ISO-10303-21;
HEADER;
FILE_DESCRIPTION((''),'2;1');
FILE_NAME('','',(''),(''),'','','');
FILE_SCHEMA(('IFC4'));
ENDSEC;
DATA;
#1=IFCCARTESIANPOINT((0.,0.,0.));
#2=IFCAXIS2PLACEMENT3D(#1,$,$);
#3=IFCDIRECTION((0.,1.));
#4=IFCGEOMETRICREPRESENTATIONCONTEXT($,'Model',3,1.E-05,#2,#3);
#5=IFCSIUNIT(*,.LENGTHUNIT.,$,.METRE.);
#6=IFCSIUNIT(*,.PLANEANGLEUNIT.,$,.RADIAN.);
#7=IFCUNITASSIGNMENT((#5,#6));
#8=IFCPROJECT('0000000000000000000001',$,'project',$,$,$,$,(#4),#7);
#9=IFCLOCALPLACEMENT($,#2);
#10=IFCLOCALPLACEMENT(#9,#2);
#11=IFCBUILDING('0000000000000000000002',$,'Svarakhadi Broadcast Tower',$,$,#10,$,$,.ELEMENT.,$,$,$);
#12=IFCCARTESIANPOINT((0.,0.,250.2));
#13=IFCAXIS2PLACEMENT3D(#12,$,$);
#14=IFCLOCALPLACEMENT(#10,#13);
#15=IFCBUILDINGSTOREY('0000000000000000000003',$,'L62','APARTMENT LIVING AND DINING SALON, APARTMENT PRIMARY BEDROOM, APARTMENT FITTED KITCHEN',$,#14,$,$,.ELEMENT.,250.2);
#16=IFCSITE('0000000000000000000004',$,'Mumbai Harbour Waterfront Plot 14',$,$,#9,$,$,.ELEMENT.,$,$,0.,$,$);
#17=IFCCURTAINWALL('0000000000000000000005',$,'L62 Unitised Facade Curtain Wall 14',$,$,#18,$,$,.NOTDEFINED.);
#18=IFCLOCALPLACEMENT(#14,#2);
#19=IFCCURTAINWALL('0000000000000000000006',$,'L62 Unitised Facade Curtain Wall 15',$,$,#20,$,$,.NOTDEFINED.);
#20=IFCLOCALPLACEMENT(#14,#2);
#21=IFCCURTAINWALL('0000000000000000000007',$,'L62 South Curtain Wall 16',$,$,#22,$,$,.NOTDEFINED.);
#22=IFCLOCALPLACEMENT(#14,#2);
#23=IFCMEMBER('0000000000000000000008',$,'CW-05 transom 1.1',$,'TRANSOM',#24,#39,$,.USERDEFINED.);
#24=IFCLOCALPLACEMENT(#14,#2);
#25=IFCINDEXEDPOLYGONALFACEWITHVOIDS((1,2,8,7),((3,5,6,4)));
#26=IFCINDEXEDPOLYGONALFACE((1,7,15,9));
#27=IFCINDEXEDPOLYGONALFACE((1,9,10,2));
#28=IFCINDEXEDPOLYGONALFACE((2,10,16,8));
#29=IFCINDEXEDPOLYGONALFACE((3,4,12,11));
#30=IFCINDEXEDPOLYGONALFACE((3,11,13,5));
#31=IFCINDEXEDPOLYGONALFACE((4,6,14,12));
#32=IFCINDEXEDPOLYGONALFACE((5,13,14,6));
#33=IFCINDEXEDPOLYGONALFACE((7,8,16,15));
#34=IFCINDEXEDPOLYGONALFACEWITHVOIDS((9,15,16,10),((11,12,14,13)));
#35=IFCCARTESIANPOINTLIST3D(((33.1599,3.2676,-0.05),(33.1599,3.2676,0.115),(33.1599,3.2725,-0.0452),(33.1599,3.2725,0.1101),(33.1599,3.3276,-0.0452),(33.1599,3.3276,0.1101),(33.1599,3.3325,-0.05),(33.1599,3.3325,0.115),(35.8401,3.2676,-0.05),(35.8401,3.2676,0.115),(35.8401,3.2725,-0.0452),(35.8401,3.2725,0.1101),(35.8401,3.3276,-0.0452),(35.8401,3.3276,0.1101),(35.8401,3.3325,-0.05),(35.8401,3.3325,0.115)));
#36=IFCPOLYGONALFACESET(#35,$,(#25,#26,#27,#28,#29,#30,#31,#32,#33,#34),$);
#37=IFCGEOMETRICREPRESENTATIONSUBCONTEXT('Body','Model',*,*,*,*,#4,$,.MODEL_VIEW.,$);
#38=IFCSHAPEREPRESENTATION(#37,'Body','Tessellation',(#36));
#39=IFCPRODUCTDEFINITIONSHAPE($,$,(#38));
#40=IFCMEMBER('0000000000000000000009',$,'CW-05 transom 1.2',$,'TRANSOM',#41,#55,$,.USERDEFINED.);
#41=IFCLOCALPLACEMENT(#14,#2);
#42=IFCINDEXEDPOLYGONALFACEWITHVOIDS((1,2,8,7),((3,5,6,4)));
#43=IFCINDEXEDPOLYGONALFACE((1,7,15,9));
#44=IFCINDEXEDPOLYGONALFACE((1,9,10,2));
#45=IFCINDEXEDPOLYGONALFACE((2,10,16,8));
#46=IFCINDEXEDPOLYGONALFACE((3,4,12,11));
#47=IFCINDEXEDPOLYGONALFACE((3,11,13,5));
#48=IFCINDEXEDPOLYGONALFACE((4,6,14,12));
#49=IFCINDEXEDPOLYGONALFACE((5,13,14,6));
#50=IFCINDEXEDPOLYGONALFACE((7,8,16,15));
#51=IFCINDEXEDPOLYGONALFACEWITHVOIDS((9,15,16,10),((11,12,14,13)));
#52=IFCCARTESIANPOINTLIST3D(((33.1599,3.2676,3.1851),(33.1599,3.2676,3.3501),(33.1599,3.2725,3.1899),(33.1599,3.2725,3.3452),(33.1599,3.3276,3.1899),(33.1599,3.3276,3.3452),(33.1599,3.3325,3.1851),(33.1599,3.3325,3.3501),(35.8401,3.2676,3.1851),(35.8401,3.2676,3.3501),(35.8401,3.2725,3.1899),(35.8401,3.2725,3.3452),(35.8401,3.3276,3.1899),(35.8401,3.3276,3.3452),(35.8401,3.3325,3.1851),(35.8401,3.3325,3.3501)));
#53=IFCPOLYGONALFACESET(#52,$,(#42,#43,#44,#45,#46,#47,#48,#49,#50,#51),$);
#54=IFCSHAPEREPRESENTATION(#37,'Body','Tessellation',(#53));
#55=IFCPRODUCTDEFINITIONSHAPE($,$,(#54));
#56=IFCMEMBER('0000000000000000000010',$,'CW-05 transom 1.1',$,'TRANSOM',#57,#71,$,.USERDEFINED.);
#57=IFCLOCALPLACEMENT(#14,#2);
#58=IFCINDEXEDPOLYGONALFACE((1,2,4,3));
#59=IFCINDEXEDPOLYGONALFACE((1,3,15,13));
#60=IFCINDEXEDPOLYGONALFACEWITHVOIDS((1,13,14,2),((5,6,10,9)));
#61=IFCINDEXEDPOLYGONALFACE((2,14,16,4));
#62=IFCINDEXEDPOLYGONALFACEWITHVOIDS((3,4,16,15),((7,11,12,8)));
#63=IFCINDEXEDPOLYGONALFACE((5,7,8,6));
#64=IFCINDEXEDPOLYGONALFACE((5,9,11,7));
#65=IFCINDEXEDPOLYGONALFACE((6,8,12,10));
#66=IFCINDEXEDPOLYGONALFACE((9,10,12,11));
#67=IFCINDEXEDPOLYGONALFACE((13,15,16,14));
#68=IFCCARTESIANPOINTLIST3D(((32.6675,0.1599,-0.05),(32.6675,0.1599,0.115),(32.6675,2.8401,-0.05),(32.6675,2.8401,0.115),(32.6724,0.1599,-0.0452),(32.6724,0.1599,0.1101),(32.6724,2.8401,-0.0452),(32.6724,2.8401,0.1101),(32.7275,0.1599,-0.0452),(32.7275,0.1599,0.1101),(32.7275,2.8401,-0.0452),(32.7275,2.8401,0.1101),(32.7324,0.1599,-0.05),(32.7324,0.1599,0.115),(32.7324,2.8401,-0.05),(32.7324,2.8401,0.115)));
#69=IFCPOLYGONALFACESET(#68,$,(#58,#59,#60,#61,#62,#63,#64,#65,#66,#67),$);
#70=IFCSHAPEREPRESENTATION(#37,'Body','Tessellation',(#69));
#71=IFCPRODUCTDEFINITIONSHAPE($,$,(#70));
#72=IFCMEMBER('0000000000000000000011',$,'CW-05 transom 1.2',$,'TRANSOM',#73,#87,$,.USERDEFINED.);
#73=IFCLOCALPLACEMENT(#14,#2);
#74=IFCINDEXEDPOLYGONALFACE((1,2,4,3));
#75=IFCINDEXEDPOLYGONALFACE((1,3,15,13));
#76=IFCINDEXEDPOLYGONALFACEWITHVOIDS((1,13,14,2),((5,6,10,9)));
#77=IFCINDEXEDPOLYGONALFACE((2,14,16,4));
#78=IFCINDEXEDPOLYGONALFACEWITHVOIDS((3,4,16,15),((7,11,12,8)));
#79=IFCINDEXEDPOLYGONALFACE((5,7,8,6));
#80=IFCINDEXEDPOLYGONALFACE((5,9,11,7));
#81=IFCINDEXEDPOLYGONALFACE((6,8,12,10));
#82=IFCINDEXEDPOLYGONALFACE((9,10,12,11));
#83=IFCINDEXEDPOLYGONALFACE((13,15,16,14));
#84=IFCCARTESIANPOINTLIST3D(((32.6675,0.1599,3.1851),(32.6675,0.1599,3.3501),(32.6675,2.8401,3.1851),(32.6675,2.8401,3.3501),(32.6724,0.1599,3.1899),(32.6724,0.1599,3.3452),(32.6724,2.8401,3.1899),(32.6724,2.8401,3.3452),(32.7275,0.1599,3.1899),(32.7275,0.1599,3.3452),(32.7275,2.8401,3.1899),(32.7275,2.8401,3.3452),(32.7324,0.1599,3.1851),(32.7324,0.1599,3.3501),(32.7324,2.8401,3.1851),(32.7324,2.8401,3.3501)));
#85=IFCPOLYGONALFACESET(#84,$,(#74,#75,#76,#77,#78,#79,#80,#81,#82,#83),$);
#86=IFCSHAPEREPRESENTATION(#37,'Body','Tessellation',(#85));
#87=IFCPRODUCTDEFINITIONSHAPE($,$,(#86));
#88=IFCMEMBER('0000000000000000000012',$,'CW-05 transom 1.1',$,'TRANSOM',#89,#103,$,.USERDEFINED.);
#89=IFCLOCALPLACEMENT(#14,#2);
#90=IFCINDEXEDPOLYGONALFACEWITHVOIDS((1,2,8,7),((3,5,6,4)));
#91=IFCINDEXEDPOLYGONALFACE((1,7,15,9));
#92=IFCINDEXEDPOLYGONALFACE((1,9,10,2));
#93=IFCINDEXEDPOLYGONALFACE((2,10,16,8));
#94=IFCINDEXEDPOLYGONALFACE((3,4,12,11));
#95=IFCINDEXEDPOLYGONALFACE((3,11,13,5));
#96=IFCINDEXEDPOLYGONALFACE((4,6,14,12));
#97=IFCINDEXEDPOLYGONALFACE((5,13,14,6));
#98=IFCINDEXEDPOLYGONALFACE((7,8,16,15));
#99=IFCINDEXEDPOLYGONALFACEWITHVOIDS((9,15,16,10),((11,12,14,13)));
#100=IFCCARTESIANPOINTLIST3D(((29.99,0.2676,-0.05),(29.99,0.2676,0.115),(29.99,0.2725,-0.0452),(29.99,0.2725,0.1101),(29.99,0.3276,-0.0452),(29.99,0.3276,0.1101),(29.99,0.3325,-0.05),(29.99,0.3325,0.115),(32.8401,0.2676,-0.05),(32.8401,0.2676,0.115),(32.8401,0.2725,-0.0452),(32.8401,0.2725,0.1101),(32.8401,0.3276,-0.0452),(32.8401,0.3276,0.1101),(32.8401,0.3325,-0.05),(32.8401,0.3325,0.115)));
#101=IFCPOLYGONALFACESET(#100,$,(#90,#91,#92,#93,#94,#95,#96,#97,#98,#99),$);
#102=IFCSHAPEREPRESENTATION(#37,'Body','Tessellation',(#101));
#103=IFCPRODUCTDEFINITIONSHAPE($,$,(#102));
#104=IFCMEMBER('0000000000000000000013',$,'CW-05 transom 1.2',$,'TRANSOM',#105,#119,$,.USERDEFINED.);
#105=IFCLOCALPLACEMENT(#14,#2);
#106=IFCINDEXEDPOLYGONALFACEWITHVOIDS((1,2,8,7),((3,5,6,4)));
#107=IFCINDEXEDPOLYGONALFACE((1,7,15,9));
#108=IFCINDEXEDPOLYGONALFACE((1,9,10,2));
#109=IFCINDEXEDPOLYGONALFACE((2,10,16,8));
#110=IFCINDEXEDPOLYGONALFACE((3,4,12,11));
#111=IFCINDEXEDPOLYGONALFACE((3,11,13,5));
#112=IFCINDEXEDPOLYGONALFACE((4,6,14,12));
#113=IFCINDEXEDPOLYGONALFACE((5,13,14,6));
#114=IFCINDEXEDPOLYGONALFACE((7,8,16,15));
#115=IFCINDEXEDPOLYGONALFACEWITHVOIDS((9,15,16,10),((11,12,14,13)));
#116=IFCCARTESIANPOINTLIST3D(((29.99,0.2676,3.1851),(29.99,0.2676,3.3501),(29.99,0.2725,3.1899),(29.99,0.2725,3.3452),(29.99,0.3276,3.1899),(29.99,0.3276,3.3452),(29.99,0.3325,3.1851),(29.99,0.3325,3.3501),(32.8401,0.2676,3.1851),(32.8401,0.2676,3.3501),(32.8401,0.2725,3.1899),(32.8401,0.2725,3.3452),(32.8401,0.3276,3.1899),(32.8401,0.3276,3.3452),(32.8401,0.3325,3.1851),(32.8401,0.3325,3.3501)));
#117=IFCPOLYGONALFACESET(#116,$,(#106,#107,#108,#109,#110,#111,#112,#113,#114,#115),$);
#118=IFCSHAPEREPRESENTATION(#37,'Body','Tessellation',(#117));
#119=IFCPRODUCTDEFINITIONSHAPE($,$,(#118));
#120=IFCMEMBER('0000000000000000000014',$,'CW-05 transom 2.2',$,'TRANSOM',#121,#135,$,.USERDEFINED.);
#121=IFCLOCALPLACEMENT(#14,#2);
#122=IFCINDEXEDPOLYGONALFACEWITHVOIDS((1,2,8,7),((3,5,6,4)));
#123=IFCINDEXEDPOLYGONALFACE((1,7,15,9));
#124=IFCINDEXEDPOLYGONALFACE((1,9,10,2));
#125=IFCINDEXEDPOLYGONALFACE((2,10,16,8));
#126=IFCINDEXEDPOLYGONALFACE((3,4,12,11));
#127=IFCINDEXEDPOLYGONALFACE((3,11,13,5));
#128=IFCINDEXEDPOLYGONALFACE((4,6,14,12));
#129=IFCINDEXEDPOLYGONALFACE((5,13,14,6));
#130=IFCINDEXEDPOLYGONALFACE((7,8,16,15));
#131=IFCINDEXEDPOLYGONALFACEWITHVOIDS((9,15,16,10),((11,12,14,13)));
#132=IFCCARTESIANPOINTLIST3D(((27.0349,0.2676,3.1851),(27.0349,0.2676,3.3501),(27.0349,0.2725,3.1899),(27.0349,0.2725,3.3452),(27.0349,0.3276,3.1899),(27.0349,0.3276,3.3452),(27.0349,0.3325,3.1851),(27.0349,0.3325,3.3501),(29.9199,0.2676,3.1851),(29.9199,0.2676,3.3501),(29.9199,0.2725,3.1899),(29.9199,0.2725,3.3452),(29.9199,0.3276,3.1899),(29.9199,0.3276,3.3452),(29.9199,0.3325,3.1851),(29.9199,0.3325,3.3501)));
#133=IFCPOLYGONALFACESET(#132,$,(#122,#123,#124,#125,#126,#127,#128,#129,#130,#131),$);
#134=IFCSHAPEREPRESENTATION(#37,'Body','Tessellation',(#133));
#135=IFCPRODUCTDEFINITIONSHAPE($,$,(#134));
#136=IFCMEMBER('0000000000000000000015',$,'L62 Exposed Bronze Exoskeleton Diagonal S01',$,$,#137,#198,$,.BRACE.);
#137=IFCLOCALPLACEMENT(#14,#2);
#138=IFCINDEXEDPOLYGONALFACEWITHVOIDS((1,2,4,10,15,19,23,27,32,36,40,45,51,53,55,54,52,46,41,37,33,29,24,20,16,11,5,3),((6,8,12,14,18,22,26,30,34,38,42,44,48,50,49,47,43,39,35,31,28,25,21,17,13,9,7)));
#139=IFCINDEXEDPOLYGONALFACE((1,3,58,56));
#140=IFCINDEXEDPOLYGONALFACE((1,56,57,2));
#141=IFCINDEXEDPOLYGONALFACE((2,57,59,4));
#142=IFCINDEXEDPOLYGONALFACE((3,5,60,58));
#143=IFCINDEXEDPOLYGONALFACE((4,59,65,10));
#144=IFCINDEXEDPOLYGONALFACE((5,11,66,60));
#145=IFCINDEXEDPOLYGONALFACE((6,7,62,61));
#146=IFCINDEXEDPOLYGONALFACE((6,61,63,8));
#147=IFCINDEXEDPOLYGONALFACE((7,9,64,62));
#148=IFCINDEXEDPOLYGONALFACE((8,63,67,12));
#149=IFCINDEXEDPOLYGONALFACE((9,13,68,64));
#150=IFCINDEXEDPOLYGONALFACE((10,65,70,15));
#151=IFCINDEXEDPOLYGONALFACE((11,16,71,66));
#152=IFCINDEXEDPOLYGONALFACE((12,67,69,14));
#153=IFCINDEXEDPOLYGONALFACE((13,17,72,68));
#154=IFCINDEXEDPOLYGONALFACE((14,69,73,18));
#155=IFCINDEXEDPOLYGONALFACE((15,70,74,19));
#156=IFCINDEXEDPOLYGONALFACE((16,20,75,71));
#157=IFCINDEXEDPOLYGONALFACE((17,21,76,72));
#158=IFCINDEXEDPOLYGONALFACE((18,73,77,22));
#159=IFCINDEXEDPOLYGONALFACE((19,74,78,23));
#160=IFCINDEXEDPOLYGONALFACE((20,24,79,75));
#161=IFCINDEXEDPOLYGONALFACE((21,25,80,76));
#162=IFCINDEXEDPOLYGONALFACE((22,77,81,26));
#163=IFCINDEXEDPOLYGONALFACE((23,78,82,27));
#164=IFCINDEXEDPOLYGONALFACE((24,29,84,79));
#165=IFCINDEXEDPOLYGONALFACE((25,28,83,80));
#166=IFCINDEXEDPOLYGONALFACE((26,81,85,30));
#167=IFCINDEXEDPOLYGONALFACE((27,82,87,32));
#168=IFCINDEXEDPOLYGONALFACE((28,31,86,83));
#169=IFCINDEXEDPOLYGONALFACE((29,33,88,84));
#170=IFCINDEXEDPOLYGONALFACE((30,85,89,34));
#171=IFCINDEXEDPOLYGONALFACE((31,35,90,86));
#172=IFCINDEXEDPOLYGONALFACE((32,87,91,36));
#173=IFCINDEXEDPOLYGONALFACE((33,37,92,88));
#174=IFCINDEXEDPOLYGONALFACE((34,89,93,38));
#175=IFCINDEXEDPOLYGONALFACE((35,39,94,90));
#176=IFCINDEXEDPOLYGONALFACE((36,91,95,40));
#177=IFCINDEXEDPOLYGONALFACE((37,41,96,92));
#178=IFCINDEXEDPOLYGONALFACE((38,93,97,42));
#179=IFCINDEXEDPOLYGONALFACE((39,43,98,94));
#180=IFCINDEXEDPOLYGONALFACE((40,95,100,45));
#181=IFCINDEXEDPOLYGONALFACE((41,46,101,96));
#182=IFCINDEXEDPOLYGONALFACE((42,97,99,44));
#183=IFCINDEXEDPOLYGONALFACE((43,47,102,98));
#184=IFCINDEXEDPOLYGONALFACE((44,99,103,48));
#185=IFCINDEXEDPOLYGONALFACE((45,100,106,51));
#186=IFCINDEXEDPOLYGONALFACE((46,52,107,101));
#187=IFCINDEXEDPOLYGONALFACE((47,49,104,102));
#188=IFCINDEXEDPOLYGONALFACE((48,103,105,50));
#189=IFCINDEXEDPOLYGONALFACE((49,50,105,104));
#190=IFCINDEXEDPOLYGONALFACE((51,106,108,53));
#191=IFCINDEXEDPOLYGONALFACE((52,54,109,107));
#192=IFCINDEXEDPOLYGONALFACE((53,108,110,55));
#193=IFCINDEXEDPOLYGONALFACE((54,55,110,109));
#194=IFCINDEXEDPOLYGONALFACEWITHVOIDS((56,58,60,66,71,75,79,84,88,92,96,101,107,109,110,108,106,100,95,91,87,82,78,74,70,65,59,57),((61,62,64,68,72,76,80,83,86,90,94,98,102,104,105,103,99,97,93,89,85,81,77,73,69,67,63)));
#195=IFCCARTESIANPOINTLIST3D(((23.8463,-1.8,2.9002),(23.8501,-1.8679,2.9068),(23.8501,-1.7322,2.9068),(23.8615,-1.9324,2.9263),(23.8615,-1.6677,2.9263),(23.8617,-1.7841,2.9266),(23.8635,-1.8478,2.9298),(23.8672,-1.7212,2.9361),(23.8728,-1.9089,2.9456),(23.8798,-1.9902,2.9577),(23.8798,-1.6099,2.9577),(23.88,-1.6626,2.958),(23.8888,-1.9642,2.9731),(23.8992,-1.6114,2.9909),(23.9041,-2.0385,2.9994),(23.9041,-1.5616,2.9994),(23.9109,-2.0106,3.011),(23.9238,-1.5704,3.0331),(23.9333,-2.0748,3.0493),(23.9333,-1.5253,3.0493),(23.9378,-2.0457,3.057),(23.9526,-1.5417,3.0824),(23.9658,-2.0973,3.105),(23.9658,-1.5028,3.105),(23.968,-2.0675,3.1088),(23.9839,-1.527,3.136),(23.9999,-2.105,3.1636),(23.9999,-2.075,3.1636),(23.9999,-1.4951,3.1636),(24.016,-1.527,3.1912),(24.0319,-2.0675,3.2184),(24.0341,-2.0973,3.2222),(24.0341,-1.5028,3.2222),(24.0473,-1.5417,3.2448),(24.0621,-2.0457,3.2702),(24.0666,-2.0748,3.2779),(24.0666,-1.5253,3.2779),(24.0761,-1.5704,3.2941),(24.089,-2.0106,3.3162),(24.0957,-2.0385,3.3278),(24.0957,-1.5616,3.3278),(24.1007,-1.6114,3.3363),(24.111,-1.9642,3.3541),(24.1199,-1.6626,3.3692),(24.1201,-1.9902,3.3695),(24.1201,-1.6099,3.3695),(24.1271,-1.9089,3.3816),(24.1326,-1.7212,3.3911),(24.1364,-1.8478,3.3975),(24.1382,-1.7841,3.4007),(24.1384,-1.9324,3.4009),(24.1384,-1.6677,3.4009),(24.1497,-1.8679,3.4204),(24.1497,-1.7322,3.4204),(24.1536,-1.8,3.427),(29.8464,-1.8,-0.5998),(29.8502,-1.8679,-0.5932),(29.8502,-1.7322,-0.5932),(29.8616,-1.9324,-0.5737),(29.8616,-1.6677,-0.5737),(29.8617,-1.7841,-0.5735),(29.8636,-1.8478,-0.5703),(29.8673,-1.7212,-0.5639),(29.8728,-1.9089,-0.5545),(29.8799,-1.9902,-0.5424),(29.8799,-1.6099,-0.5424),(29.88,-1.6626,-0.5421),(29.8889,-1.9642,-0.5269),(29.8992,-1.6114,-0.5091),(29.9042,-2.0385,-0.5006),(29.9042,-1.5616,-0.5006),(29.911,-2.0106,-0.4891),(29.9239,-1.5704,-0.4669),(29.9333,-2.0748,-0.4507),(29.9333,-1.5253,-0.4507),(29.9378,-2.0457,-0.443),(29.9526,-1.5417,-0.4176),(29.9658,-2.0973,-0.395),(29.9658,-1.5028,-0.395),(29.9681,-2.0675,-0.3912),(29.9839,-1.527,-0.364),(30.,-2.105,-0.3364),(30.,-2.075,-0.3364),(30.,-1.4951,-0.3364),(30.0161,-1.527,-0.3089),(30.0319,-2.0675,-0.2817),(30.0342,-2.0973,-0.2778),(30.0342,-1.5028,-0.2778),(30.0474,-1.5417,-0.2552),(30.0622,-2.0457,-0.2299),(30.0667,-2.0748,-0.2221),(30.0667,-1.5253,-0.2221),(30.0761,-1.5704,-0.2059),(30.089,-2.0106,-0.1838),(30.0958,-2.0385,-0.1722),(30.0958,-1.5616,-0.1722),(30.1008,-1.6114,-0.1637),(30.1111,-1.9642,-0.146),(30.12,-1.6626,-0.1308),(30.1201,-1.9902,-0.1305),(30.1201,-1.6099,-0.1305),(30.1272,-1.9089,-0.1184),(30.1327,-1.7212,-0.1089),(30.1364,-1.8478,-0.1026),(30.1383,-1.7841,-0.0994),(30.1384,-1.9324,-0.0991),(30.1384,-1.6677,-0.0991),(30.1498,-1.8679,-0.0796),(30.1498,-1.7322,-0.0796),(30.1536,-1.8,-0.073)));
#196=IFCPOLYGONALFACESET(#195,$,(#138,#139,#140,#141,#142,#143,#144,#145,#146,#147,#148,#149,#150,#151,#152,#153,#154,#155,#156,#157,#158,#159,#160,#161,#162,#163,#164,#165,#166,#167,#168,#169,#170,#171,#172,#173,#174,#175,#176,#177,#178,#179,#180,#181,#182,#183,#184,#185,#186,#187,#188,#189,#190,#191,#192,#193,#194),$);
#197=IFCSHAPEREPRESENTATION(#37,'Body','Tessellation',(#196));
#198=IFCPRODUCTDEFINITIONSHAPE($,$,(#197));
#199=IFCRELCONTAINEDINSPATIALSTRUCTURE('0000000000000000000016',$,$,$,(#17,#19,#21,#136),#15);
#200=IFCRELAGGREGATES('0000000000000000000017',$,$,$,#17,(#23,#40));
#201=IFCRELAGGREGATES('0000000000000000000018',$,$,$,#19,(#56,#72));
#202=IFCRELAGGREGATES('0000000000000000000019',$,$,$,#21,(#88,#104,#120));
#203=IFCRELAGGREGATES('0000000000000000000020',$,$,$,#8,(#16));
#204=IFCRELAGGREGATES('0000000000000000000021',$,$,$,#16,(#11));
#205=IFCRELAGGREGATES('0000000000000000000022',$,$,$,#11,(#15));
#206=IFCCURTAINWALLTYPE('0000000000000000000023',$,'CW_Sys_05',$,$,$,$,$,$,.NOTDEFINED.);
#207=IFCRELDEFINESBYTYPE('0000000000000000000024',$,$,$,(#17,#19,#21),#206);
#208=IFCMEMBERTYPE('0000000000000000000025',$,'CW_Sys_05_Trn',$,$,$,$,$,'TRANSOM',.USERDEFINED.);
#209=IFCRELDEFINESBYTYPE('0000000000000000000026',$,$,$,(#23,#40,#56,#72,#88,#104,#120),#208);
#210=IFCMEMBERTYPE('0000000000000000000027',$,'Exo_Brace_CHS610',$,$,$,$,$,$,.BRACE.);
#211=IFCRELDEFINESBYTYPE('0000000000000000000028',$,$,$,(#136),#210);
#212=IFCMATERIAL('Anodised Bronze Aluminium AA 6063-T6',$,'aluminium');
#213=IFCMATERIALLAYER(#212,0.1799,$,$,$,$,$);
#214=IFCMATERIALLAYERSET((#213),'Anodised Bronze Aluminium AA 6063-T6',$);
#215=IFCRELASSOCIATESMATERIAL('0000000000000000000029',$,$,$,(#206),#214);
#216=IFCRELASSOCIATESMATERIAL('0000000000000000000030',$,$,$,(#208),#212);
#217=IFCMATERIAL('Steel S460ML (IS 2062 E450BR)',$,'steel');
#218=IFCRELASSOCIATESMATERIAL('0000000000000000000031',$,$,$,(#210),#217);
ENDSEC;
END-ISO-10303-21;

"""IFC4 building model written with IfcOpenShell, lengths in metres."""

from ifc_helpers import new_model, si_unit, direction, frame, origin, origin_2d, place, context, subcontext, project, spatial, hollow_rectangle, hollow_circle, extrude, material, layer, layer_set, material_profile, profile_set, type_object, element, aggregate, save


model = new_model("IFC4")

# Units and contexts
model_context = context("Model", 3, precision=1e-05, world=origin(), true_north=direction((0.0, 1.0)))
body_context = subcontext(model_context, "Body", "Model", "MODEL_VIEW")
ifc_project = project(units=[si_unit("LENGTHUNIT", "METRE"), si_unit("PLANEANGLEUNIT", "RADIAN")], contexts=[model_context])

# Site, building, storey
site_placement = place(None, origin())
site = spatial("IfcSite", under=ifc_project, at=site_placement, Name="Mumbai Harbour Waterfront Plot 14", CompositionType="ELEMENT", RefElevation=0.0)
building_placement = place(site_placement, origin())
building = spatial("IfcBuilding", under=site, at=building_placement, Name="Svarakhadi Broadcast Tower", CompositionType="ELEMENT")
storey_placement = place(building_placement, frame((0.0, 0.0, 250.2)))
storey = spatial("IfcBuildingStorey", under=building, at=storey_placement, Name="L62", Description="APARTMENT LIVING AND DINING SALON, APARTMENT PRIMARY BEDROOM, APARTMENT FITTED KITCHEN", CompositionType="ELEMENT", Elevation=250.2)

# Shared definitions
ifc_material_1 = material(Name="Steel S460ML (IS 2062 E450BR)", Category="steel")

# Shared definitions
ifc_material_2 = material(Name="Anodised Bronze Aluminium AA 6063-T6", Category="aluminium")
ifc_layer_1 = layer(ifc_material_2, 0.1799)
ifc_layer_set_1 = layer_set([ifc_layer_1], Name="Anodised Bronze Aluminium AA 6063-T6")
curtain_wall_type = type_object("IfcCurtainWallType", Name="CW_Sys_05", PredefinedType="NOTDEFINED", material=ifc_layer_set_1)

# Curtain walls
curtain_wall_1_placement = place(storey_placement, origin())
curtain_wall_1 = element("IfcCurtainWall", 1, at=curtain_wall_1_placement, inside=storey, type_object=curtain_wall_type, Name="L62 Unitised Facade Curtain Wall 14", PredefinedType="NOTDEFINED")
curtain_wall_2_placement = place(storey_placement, origin())
curtain_wall_2 = element("IfcCurtainWall", 2, at=curtain_wall_2_placement, inside=storey, type_object=curtain_wall_type, Name="L62 Unitised Facade Curtain Wall 15", PredefinedType="NOTDEFINED")
curtain_wall_3_placement = place(storey_placement, origin())
curtain_wall_3 = element("IfcCurtainWall", 3, at=curtain_wall_3_placement, inside=storey, type_object=curtain_wall_type, Name="L62 South Curtain Wall 16", PredefinedType="NOTDEFINED")

# Members
ifc_material_profile_1 = material_profile(ifc_material_2, hollow_rectangle(XDim=0.0649, YDim=0.165, WallThickness=0.0049, at=origin_2d()), Name="ALU TRANSOM 165x65x5")
ifc_profile_set_1 = profile_set([ifc_material_profile_1], Name="Anodised Bronze Aluminium AA 6063-T6")
member_type_1 = type_object("IfcMemberType", Name="CW_Sys_05_Trn", ElementType="TRANSOM", PredefinedType="USERDEFINED", material=ifc_profile_set_1)
member_1_placement = place(storey_placement, frame((35.8401, 3.3, 0.0325), z_axis=(-1.0, 0.0, 0.0), x_axis=(0.0, -1.0, 0.0)))
member_1 = element("IfcMember", 4, at=member_1_placement, type_object=member_type_1, Name="CW-05 transom 1.1", ObjectType="TRANSOM", PredefinedType="USERDEFINED", context=body_context, shape_type="SweptSolid", body=[
    extrude(hollow_rectangle(XDim=0.0649, YDim=0.165, WallThickness=0.0049, at=origin_2d()), origin(), (0.0, 0.0, 1.0), 2.6802),
])
member_2_placement = place(storey_placement, frame((35.8401, 3.3, 3.2676), z_axis=(-1.0, 0.0, 0.0), x_axis=(0.0, -1.0, 0.0)))
member_2 = element("IfcMember", 5, at=member_2_placement, type_object=member_type_1, Name="CW-05 transom 1.2", ObjectType="TRANSOM", PredefinedType="USERDEFINED", context=body_context, shape_type="SweptSolid", body=[
    extrude(hollow_rectangle(XDim=0.0649, YDim=0.165, WallThickness=0.0049, at=origin_2d()), origin(), (0.0, 0.0, 1.0), 2.6802),
])
member_3_placement = place(storey_placement, frame((32.7, 2.8401, 0.0325), z_axis=(0.0, -1.0, 0.0), x_axis=(1.0, 0.0, 0.0)))
member_3 = element("IfcMember", 6, at=member_3_placement, type_object=member_type_1, Name="CW-05 transom 1.1", ObjectType="TRANSOM", PredefinedType="USERDEFINED", context=body_context, shape_type="SweptSolid", body=[
    extrude(hollow_rectangle(XDim=0.0649, YDim=0.165, WallThickness=0.0049, at=origin_2d()), origin(), (0.0, 0.0, 1.0), 2.6802),
])
member_4_placement = place(storey_placement, frame((32.7, 2.8401, 3.2676), z_axis=(0.0, -1.0, 0.0), x_axis=(1.0, 0.0, 0.0)))
member_4 = element("IfcMember", 7, at=member_4_placement, type_object=member_type_1, Name="CW-05 transom 1.2", ObjectType="TRANSOM", PredefinedType="USERDEFINED", context=body_context, shape_type="SweptSolid", body=[
    extrude(hollow_rectangle(XDim=0.0649, YDim=0.165, WallThickness=0.0049, at=origin_2d()), origin(), (0.0, 0.0, 1.0), 2.6802),
])
member_5_placement = place(storey_placement, frame((32.8401, 0.3, 0.0325), z_axis=(-1.0, 0.0, 0.0), x_axis=(0.0, -1.0, 0.0)))
member_5 = element("IfcMember", 8, at=member_5_placement, type_object=member_type_1, Name="CW-05 transom 1.1", ObjectType="TRANSOM", PredefinedType="USERDEFINED", context=body_context, shape_type="SweptSolid", body=[
    extrude(hollow_rectangle(XDim=0.0649, YDim=0.165, WallThickness=0.0049, at=origin_2d()), origin(), (0.0, 0.0, 1.0), 2.8501),
])
member_6_placement = place(storey_placement, frame((32.8401, 0.3, 3.2676), z_axis=(-1.0, 0.0, 0.0), x_axis=(0.0, -1.0, 0.0)))
member_6 = element("IfcMember", 9, at=member_6_placement, type_object=member_type_1, Name="CW-05 transom 1.2", ObjectType="TRANSOM", PredefinedType="USERDEFINED", context=body_context, shape_type="SweptSolid", body=[
    extrude(hollow_rectangle(XDim=0.0649, YDim=0.165, WallThickness=0.0049, at=origin_2d()), origin(), (0.0, 0.0, 1.0), 2.8501),
])
member_7_placement = place(storey_placement, frame((29.9199, 0.3, 3.2676), z_axis=(-1.0, 0.0, 0.0), x_axis=(0.0, -1.0, 0.0)))
member_7 = element("IfcMember", 10, at=member_7_placement, type_object=member_type_1, Name="CW-05 transom 2.2", ObjectType="TRANSOM", PredefinedType="USERDEFINED", context=body_context, shape_type="SweptSolid", body=[
    extrude(hollow_rectangle(XDim=0.0649, YDim=0.165, WallThickness=0.0049, at=origin_2d()), origin(), (0.0, 0.0, 1.0), 2.885),
])

# Member
ifc_material_profile_2 = material_profile(ifc_material_1, hollow_circle(Radius=0.3049, WallThickness=0.03, at=origin_2d()), Name="CHS 610x30")
ifc_profile_set_2 = profile_set([ifc_material_profile_2], Name="Steel S460ML (IS 2062 E450BR)")
member_type_2 = type_object("IfcMemberType", Name="Exo_Brace_CHS610", PredefinedType="BRACE", material=ifc_profile_set_2)
member_8_placement = place(storey_placement, frame((30.0, -1.8, -0.3364), z_axis=(-0.863779, 0.0, 0.503871), x_axis=(0.0, -1.0, 0.0)))
element("IfcMember", 11, at=member_8_placement, inside=storey, type_object=member_type_2, Name="L62 Exposed Bronze Exoskeleton Diagonal S01", PredefinedType="BRACE", context=body_context, shape_type="SweptSolid", body=[
    extrude(hollow_circle(Radius=0.3049, WallThickness=0.03, at=origin_2d()), origin(), (0.0, 0.0, 1.0), 6.9463),
])

aggregate(curtain_wall_1, [member_1, member_2])
aggregate(curtain_wall_2, [member_3, member_4])
aggregate(curtain_wall_3, [member_5, member_6, member_7])

save(model, "model.ifc")
